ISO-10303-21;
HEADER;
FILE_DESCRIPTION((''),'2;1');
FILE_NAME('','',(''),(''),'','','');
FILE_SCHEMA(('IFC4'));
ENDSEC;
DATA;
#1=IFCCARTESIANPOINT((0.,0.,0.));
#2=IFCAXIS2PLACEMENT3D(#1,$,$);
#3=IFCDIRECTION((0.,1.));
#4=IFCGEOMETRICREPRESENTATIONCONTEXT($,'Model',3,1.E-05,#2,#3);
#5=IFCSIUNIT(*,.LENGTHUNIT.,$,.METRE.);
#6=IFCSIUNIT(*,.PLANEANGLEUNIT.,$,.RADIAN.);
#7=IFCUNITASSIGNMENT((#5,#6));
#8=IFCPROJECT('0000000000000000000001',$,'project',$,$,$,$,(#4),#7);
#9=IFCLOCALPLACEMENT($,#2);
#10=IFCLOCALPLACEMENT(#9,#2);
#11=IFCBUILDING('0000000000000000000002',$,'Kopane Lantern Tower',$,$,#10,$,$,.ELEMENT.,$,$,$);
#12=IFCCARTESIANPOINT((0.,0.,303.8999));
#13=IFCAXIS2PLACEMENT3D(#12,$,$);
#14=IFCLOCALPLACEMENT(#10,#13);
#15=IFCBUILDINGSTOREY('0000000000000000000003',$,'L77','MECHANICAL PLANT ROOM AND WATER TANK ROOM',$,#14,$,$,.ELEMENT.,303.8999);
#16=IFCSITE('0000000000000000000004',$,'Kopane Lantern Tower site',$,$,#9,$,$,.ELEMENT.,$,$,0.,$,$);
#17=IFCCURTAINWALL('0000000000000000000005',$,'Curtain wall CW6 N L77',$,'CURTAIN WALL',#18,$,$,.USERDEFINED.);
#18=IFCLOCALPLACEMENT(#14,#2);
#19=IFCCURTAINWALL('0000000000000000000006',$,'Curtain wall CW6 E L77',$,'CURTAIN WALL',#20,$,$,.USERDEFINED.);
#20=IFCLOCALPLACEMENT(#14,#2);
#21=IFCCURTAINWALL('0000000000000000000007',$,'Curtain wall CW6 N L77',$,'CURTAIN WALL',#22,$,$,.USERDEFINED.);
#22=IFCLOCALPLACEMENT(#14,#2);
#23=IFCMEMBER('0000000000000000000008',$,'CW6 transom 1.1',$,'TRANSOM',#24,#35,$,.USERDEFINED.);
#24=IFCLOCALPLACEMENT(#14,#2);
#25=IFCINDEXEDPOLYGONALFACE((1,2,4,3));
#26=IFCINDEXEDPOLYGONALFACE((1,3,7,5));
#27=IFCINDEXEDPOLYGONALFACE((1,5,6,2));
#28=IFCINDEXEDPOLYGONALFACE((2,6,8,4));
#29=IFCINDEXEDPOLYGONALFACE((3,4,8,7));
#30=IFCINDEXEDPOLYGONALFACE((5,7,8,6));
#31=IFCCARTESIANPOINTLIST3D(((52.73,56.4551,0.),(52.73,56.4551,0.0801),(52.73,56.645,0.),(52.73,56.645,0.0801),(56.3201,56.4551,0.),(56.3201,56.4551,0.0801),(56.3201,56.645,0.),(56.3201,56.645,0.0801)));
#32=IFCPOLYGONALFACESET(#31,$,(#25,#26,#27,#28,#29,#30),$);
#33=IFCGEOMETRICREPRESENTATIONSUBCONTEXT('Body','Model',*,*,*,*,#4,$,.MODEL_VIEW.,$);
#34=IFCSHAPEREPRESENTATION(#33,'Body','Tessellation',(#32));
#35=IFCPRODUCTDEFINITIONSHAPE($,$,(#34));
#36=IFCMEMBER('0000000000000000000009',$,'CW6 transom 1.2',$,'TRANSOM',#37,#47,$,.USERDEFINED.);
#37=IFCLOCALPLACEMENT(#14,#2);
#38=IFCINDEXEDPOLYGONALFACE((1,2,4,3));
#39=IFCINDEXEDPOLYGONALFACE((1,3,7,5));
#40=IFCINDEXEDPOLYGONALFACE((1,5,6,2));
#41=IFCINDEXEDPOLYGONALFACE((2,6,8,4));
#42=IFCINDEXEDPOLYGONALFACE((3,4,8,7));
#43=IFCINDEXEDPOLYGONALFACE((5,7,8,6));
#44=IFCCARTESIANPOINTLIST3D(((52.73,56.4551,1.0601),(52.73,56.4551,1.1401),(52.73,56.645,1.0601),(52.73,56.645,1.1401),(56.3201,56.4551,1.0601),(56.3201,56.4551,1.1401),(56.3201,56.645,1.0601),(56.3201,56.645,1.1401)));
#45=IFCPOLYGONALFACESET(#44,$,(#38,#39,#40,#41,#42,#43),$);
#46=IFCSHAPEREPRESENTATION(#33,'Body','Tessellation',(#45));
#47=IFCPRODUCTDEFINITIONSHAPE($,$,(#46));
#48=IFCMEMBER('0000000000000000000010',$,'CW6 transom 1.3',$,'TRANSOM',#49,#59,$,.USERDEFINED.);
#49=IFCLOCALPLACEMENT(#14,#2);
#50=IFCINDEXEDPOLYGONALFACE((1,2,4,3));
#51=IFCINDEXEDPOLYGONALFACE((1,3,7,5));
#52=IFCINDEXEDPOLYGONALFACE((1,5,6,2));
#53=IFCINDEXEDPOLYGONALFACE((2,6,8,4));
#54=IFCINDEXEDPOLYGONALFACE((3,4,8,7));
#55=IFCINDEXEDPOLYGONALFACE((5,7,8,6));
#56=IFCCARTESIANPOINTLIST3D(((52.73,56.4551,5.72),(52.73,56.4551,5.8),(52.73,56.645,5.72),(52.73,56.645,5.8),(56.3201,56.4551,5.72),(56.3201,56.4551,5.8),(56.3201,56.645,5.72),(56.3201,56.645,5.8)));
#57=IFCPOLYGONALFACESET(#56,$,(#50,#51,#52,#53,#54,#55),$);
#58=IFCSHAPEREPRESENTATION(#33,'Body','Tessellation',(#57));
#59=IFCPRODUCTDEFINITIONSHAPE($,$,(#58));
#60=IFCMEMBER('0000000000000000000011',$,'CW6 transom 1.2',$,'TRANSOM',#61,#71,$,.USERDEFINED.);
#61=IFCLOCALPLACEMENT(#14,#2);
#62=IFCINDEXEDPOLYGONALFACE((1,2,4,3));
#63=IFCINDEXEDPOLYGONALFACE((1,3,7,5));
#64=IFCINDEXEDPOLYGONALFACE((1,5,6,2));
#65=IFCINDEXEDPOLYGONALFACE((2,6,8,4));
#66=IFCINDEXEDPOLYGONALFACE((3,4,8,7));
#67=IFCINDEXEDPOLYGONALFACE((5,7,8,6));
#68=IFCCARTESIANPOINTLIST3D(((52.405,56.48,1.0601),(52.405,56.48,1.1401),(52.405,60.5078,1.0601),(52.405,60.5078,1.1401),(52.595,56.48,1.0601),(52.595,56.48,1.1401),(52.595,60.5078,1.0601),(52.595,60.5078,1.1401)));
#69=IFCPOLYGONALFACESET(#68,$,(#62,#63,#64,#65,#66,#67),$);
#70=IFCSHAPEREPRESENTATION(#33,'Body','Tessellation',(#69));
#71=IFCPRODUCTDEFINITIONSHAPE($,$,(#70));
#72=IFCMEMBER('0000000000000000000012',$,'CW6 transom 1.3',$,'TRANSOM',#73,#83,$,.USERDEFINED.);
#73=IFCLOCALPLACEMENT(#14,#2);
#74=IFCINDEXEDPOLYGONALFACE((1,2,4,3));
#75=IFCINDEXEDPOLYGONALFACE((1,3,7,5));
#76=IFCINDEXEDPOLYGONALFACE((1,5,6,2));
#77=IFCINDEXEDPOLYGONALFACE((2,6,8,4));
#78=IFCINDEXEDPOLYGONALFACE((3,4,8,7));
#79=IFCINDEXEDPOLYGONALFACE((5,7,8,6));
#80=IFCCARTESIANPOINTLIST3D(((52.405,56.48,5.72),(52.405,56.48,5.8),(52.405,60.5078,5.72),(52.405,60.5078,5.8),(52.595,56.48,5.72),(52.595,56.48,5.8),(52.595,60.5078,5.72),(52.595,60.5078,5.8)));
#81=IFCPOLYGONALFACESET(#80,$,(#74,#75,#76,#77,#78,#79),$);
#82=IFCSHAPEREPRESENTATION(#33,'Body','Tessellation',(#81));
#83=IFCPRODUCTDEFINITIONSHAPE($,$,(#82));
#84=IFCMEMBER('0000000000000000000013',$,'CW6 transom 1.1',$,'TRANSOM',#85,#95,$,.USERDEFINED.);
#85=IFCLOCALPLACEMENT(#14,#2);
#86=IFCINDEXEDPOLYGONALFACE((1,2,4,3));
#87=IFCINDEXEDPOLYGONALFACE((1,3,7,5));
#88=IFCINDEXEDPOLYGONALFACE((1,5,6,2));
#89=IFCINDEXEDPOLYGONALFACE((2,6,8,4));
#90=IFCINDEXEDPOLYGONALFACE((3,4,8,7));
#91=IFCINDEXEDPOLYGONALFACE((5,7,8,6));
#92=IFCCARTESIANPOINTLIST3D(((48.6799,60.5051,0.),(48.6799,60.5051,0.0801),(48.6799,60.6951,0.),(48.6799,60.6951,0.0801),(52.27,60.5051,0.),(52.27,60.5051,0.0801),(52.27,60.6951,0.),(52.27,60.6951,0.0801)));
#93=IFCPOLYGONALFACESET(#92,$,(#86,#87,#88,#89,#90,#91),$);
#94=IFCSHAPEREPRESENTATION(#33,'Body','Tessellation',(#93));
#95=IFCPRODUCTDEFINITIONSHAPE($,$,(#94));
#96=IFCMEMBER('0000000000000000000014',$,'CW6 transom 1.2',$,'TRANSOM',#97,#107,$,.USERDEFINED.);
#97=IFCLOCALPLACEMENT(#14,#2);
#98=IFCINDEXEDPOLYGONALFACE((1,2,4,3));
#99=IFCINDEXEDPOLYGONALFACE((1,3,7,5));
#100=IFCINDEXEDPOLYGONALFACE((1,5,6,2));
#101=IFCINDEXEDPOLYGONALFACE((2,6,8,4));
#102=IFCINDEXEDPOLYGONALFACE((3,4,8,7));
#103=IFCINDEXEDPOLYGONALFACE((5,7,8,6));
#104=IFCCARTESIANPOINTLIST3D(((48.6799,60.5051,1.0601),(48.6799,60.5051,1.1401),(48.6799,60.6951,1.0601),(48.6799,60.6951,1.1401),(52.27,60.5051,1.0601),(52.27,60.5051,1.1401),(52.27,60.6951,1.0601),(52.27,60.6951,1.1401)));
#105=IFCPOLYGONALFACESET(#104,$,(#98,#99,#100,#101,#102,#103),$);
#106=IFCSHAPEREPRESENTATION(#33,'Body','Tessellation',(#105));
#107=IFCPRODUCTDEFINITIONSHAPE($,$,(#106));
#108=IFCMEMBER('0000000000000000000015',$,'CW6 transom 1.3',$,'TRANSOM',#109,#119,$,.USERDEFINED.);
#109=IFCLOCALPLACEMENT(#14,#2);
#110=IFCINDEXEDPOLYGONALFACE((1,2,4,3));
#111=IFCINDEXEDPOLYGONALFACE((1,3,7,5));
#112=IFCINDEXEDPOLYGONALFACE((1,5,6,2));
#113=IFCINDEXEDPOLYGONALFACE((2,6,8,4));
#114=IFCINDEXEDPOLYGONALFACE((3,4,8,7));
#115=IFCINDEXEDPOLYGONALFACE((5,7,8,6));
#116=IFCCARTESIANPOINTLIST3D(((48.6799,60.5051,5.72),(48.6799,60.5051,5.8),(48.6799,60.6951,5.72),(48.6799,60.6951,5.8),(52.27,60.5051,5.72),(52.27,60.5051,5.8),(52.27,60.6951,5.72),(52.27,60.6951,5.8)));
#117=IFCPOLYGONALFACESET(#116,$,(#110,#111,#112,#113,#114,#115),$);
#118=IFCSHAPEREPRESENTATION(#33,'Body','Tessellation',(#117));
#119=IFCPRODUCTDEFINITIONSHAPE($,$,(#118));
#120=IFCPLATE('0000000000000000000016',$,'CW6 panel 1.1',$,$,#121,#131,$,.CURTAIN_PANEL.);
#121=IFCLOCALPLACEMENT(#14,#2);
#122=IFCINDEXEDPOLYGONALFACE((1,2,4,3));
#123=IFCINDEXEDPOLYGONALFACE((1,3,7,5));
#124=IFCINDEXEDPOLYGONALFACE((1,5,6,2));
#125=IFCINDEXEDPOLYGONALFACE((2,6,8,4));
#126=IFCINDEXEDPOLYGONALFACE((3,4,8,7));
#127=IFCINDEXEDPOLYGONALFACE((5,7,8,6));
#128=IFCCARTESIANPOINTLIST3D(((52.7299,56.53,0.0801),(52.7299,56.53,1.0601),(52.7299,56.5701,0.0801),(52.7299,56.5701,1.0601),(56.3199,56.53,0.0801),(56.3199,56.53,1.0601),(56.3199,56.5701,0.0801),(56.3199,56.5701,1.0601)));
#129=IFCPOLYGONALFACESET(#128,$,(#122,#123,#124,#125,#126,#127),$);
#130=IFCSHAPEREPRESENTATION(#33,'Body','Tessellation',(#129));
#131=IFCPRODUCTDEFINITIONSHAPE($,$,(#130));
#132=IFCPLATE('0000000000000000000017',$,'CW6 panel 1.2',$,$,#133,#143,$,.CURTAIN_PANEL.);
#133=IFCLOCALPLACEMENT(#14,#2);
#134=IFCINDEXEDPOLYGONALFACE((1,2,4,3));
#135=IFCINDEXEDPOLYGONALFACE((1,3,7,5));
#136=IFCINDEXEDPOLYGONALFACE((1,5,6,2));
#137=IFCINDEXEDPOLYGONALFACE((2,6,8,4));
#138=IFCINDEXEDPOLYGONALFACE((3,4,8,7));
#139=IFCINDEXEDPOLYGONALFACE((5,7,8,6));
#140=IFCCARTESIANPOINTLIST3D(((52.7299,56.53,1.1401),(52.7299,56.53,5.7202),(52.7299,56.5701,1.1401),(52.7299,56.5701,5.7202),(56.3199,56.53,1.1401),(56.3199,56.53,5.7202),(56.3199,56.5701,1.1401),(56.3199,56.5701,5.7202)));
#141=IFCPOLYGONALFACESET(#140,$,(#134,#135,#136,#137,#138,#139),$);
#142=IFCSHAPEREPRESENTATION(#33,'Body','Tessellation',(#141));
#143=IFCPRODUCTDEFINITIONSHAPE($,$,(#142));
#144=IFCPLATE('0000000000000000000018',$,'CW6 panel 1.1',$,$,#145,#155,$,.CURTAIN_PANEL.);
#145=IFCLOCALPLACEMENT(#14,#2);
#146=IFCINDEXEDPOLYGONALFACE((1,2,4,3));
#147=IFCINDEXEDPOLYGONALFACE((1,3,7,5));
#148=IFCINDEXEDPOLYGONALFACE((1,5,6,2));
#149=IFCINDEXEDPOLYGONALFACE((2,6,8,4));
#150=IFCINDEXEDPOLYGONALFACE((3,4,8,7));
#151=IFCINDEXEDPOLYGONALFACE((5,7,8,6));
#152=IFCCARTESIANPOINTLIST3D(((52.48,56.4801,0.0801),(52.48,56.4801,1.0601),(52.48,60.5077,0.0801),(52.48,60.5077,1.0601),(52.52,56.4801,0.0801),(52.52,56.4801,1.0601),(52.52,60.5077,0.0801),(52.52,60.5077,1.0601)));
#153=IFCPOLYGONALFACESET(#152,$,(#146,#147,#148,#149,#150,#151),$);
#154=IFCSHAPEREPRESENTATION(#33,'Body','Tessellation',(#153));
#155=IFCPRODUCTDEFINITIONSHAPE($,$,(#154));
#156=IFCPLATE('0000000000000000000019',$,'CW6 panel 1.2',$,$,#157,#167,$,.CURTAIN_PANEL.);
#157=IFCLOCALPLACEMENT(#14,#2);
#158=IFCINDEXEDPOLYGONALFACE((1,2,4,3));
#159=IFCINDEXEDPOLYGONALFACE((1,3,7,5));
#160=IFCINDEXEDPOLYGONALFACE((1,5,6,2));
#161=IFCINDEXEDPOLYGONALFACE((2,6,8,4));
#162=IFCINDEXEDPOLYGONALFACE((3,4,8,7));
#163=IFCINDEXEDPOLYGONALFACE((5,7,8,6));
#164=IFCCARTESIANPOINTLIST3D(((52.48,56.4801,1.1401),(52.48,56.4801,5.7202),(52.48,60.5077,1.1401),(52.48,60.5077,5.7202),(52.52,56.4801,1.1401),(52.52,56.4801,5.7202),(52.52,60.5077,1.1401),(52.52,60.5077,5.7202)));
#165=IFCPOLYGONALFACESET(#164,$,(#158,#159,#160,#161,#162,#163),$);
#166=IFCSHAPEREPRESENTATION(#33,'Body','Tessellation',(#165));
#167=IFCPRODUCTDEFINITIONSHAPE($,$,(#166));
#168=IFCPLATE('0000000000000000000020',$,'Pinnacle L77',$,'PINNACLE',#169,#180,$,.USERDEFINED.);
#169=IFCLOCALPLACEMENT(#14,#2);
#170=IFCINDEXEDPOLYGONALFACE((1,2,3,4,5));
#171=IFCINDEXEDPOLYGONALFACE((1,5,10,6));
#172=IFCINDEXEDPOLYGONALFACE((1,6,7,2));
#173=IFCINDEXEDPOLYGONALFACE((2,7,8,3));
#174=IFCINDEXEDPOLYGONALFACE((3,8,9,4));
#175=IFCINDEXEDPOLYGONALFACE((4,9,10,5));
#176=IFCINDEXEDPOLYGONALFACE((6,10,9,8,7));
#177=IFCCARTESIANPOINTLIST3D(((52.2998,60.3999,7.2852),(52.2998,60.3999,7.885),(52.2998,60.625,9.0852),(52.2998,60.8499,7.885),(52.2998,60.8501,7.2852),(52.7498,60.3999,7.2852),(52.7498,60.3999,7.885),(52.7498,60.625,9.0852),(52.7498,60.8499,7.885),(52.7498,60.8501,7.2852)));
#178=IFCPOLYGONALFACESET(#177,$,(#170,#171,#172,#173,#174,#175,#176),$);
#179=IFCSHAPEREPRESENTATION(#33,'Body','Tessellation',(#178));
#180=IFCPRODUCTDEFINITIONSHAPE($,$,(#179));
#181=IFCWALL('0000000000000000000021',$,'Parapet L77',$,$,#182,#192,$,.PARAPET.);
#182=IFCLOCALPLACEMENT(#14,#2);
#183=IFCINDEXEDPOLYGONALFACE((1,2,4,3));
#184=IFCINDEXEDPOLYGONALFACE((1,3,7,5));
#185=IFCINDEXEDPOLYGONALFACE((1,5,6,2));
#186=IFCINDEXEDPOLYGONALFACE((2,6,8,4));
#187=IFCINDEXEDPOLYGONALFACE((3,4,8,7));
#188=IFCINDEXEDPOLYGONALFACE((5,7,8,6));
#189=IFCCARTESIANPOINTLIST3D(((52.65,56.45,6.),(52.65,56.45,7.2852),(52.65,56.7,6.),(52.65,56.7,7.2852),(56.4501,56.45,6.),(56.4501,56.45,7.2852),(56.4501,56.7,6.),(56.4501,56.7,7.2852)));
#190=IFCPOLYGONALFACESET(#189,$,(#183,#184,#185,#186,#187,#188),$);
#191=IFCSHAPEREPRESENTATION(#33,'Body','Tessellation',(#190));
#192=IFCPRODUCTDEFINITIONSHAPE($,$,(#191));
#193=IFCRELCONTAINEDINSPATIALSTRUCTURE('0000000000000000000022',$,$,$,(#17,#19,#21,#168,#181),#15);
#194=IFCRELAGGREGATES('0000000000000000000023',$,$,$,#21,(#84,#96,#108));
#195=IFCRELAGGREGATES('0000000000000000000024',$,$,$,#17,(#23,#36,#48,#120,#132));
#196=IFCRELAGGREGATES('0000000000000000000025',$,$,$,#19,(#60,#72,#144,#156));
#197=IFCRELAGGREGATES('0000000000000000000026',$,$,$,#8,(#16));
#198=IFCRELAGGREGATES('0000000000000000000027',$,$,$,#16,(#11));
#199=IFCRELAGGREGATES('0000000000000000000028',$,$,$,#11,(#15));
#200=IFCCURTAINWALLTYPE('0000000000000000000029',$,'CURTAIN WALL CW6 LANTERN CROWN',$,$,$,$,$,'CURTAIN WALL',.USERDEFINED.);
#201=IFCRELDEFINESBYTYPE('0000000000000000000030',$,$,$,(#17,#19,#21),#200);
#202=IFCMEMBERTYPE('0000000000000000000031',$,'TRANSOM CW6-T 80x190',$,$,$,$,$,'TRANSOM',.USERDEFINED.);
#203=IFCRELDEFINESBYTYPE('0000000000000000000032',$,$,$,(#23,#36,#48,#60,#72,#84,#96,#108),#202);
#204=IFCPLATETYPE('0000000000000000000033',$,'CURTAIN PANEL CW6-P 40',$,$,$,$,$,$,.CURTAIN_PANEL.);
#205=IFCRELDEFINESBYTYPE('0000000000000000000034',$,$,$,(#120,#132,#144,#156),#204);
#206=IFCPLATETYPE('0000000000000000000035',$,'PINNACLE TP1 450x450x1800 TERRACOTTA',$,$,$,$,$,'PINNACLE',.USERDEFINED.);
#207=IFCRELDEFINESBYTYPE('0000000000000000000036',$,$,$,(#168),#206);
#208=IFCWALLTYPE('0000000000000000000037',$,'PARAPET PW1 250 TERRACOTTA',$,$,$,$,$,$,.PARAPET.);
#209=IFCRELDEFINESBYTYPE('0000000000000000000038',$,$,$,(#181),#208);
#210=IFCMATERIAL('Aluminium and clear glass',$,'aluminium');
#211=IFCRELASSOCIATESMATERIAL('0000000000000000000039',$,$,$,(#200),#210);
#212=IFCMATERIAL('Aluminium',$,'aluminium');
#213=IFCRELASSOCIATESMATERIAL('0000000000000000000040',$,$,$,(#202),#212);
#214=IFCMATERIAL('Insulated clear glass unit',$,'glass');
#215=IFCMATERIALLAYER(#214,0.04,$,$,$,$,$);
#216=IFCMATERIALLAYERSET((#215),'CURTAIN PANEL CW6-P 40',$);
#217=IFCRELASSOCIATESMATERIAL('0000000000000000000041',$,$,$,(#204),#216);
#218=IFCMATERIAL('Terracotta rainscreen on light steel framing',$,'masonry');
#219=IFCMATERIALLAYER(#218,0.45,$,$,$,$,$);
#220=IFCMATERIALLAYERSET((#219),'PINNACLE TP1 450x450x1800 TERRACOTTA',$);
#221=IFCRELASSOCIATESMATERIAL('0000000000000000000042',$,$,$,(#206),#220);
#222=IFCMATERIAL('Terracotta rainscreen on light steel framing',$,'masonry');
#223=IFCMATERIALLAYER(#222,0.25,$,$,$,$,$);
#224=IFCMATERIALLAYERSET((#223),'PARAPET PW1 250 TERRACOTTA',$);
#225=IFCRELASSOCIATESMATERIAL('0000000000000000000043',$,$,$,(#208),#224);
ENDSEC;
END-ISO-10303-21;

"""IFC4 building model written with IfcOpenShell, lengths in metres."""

from ifc_helpers import new_model, si_unit, direction, frame, frame_2d, origin, origin_2d, place, context, subcontext, project, spatial, polyline, rectangle, outline, extrude, material, layer, layer_set, material_profile, profile_set, type_object, element, aggregate, save


model = new_model("IFC4")

# Units and contexts
model_context = context("Model", 3, precision=1e-05, world=origin(), true_north=direction((0.0, 1.0)))
body_context = subcontext(model_context, "Body", "Model", "MODEL_VIEW")
ifc_project = project(units=[si_unit("LENGTHUNIT", "METRE"), si_unit("PLANEANGLEUNIT", "RADIAN")], contexts=[model_context])

# Site, building, storey
site_placement = place(None, origin())
site = spatial("IfcSite", under=ifc_project, at=site_placement, Name="Kopane Lantern Tower site", CompositionType="ELEMENT", RefElevation=0.0)
building_placement = place(site_placement, origin())
building = spatial("IfcBuilding", under=site, at=building_placement, Name="Kopane Lantern Tower", CompositionType="ELEMENT")
storey_placement = place(building_placement, frame((0.0, 0.0, 303.8999)))
storey = spatial("IfcBuildingStorey", under=building, at=storey_placement, Name="L77", Description="MECHANICAL PLANT ROOM AND WATER TANK ROOM", CompositionType="ELEMENT", Elevation=303.8999)

# Curtain wall
ifc_material_1 = material(Name="Aluminium and clear glass", Category="aluminium")
curtain_wall_type = type_object("IfcCurtainWallType", Name="CURTAIN WALL CW6 LANTERN CROWN", ElementType="CURTAIN WALL", PredefinedType="USERDEFINED", material=ifc_material_1)
curtain_wall_1_placement = place(storey_placement, origin())
curtain_wall_1 = element("IfcCurtainWall", 1, at=curtain_wall_1_placement, inside=storey, type_object=curtain_wall_type, Name="Curtain wall CW6 N L77", ObjectType="CURTAIN WALL", PredefinedType="USERDEFINED")

# Curtain walls
curtain_wall_2_placement = place(storey_placement, origin())
curtain_wall_2 = element("IfcCurtainWall", 2, at=curtain_wall_2_placement, inside=storey, type_object=curtain_wall_type, Name="Curtain wall CW6 E L77", ObjectType="CURTAIN WALL", PredefinedType="USERDEFINED")
curtain_wall_3_placement = place(storey_placement, origin())
curtain_wall_3 = element("IfcCurtainWall", 3, at=curtain_wall_3_placement, inside=storey, type_object=curtain_wall_type, Name="Curtain wall CW6 N L77", ObjectType="CURTAIN WALL", PredefinedType="USERDEFINED")

# Members
ifc_material_2 = material(Name="Aluminium", Category="aluminium")
ifc_material_profile_1 = material_profile(ifc_material_2, rectangle(XDim=0.1899, YDim=0.0801, at=origin_2d()), Name="AL 190x80")
ifc_profile_set_1 = profile_set([ifc_material_profile_1], Name="Aluminium")
member_type_1 = type_object("IfcMemberType", Name="TRANSOM CW6-T 80x190", ElementType="TRANSOM", PredefinedType="USERDEFINED", material=ifc_profile_set_1)
member_1_placement = place(storey_placement, frame((56.3201, 56.55, 0.04), z_axis=(-1.0, 0.0, 0.0), x_axis=(0.0, -1.0, 0.0)))
member_1 = element("IfcMember", 4, at=member_1_placement, type_object=member_type_1, Name="CW6 transom 1.1", ObjectType="TRANSOM", PredefinedType="USERDEFINED", context=body_context, shape_type="SweptSolid", body=[
    extrude(rectangle(XDim=0.1899, YDim=0.0801, at=origin_2d()), origin(), (0.0, 0.0, 1.0), 3.5901),
])
member_2_placement = place(storey_placement, frame((56.3201, 56.55, 1.1001), z_axis=(-1.0, 0.0, 0.0), x_axis=(0.0, -1.0, 0.0)))
member_2 = element("IfcMember", 5, at=member_2_placement, type_object=member_type_1, Name="CW6 transom 1.2", ObjectType="TRANSOM", PredefinedType="USERDEFINED", context=body_context, shape_type="SweptSolid", body=[
    extrude(rectangle(XDim=0.1899, YDim=0.0801, at=origin_2d()), origin(), (0.0, 0.0, 1.0), 3.5901),
])
member_3_placement = place(storey_placement, frame((56.3201, 56.55, 5.76), z_axis=(-1.0, 0.0, 0.0), x_axis=(0.0, -1.0, 0.0)))
member_3 = element("IfcMember", 6, at=member_3_placement, type_object=member_type_1, Name="CW6 transom 1.3", ObjectType="TRANSOM", PredefinedType="USERDEFINED", context=body_context, shape_type="SweptSolid", body=[
    extrude(rectangle(XDim=0.1899, YDim=0.0801, at=origin_2d()), origin(), (0.0, 0.0, 1.0), 3.5901),
])
member_4_placement = place(storey_placement, frame((52.5, 56.48, 1.1001), z_axis=(0.0, 1.0, 0.0), x_axis=(-1.0, 0.0, 0.0)))
member_4 = element("IfcMember", 7, at=member_4_placement, type_object=member_type_1, Name="CW6 transom 1.2", ObjectType="TRANSOM", PredefinedType="USERDEFINED", context=body_context, shape_type="SweptSolid", body=[
    extrude(rectangle(XDim=0.1899, YDim=0.0801, at=origin_2d()), origin(), (0.0, 0.0, 1.0), 4.0278),
])
member_5_placement = place(storey_placement, frame((52.5, 56.48, 5.76), z_axis=(0.0, 1.0, 0.0), x_axis=(-1.0, 0.0, 0.0)))
member_5 = element("IfcMember", 8, at=member_5_placement, type_object=member_type_1, Name="CW6 transom 1.3", ObjectType="TRANSOM", PredefinedType="USERDEFINED", context=body_context, shape_type="SweptSolid", body=[
    extrude(rectangle(XDim=0.1899, YDim=0.0801, at=origin_2d()), origin(), (0.0, 0.0, 1.0), 4.0278),
])
member_6_placement = place(storey_placement, frame((52.27, 60.6001, 0.04), z_axis=(-1.0, 0.0, 0.0), x_axis=(0.0, -1.0, 0.0)))
member_6 = element("IfcMember", 9, at=member_6_placement, type_object=member_type_1, Name="CW6 transom 1.1", ObjectType="TRANSOM", PredefinedType="USERDEFINED", context=body_context, shape_type="SweptSolid", body=[
    extrude(rectangle(XDim=0.1899, YDim=0.0801, at=origin_2d()), origin(), (0.0, 0.0, 1.0), 3.5901),
])
member_7_placement = place(storey_placement, frame((52.27, 60.6001, 1.1001), z_axis=(-1.0, 0.0, 0.0), x_axis=(0.0, -1.0, 0.0)))
member_7 = element("IfcMember", 10, at=member_7_placement, type_object=member_type_1, Name="CW6 transom 1.2", ObjectType="TRANSOM", PredefinedType="USERDEFINED", context=body_context, shape_type="SweptSolid", body=[
    extrude(rectangle(XDim=0.1899, YDim=0.0801, at=origin_2d()), origin(), (0.0, 0.0, 1.0), 3.5901),
])
member_8_placement = place(storey_placement, frame((52.27, 60.6001, 5.76), z_axis=(-1.0, 0.0, 0.0), x_axis=(0.0, -1.0, 0.0)))
member_8 = element("IfcMember", 11, at=member_8_placement, type_object=member_type_1, Name="CW6 transom 1.3", ObjectType="TRANSOM", PredefinedType="USERDEFINED", context=body_context, shape_type="SweptSolid", body=[
    extrude(rectangle(XDim=0.1899, YDim=0.0801, at=origin_2d()), origin(), (0.0, 0.0, 1.0), 3.5901),
])
aggregate(curtain_wall_3, [member_6, member_7, member_8])

# Plates
ifc_material_3 = material(Name="Insulated clear glass unit", Category="glass")
ifc_layer_1 = layer(ifc_material_3, 0.04)
ifc_layer_set_1 = layer_set([ifc_layer_1], Name="CURTAIN PANEL CW6-P 40")
plate_type_1 = type_object("IfcPlateType", Name="CURTAIN PANEL CW6-P 40", PredefinedType="CURTAIN_PANEL", material=ifc_layer_set_1)
plate_1_placement = place(storey_placement, frame((54.5249, 56.55, 0.0801), z_axis=(0.0, 0.0, 1.0), x_axis=(-1.0, 0.0, 0.0)))
plate_1 = element("IfcPlate", 12, at=plate_1_placement, type_object=plate_type_1, Name="CW6 panel 1.1", PredefinedType="CURTAIN_PANEL", context=body_context, shape_type="SweptSolid", body=[
    extrude(rectangle(XDim=3.5901, YDim=0.04, at=origin_2d()), origin(), (0.0, 0.0, 1.0), 0.98),
])
plate_2_placement = place(storey_placement, frame((54.5249, 56.55, 1.1401), z_axis=(0.0, 0.0, 1.0), x_axis=(-1.0, 0.0, 0.0)))
plate_2 = element("IfcPlate", 13, at=plate_2_placement, type_object=plate_type_1, Name="CW6 panel 1.2", PredefinedType="CURTAIN_PANEL", context=body_context, shape_type="SweptSolid", body=[
    extrude(rectangle(XDim=3.5901, YDim=0.04, at=origin_2d()), origin(), (0.0, 0.0, 1.0), 4.5801),
])
aggregate(curtain_wall_1, [member_1, member_2, member_3, plate_1, plate_2])
plate_3_placement = place(storey_placement, frame((52.5, 58.4939, 0.0801), z_axis=(0.0, 0.0, 1.0), x_axis=(0.0, 1.0, 0.0)))
plate_3 = element("IfcPlate", 14, at=plate_3_placement, type_object=plate_type_1, Name="CW6 panel 1.1", PredefinedType="CURTAIN_PANEL", context=body_context, shape_type="SweptSolid", body=[
    extrude(rectangle(XDim=4.0276, YDim=0.04, at=origin_2d()), origin(), (0.0, 0.0, 1.0), 0.98),
])
plate_4_placement = place(storey_placement, frame((52.5, 58.4939, 1.1401), z_axis=(0.0, 0.0, 1.0), x_axis=(0.0, 1.0, 0.0)))
plate_4 = element("IfcPlate", 15, at=plate_4_placement, type_object=plate_type_1, Name="CW6 panel 1.2", PredefinedType="CURTAIN_PANEL", context=body_context, shape_type="SweptSolid", body=[
    extrude(rectangle(XDim=4.0276, YDim=0.04, at=origin_2d()), origin(), (0.0, 0.0, 1.0), 4.5801),
])
aggregate(curtain_wall_2, [member_4, member_5, plate_3, plate_4])
ifc_material_4 = material(Name="Terracotta rainscreen on light steel framing", Category="masonry")
ifc_layer_2 = layer(ifc_material_4, 0.45)
ifc_layer_set_2 = layer_set([ifc_layer_2], Name="PINNACLE TP1 450x450x1800 TERRACOTTA")
plate_type_2 = type_object("IfcPlateType", Name="PINNACLE TP1 450x450x1800 TERRACOTTA", ElementType="PINNACLE", PredefinedType="USERDEFINED", material=ifc_layer_set_2)
plate_5_placement = place(storey_placement, frame((52.5249, 60.3999, 7.2852), z_axis=(0.0, 0.0, 1.0), x_axis=(0.0, 1.0, 0.0)))
element("IfcPlate", 16, at=plate_5_placement, inside=storey, type_object=plate_type_2, Name="Pinnacle L77", ObjectType="PINNACLE", PredefinedType="USERDEFINED", context=body_context, shape_type="SweptSolid", body=[
    extrude(outline(polyline([(0.0, 0.0), (0.4502, 0.0), (0.45, 0.5999), (0.2251, 1.8), (0.0, 0.5999), (0.0, 0.0)])), frame((0.0, 0.2251, 0.0), z_axis=(0.0, -1.0, 0.0), x_axis=(1.0, 0.0, 0.0)), (0.0, 0.0, 1.0), 0.45),
])

# Wall
ifc_material_5 = material(Name="Terracotta rainscreen on light steel framing", Category="masonry")
ifc_layer_3 = layer(ifc_material_5, 0.25)
ifc_layer_set_3 = layer_set([ifc_layer_3], Name="PARAPET PW1 250 TERRACOTTA")
wall_type = type_object("IfcWallType", Name="PARAPET PW1 250 TERRACOTTA", PredefinedType="PARAPET", material=ifc_layer_set_3)
wall_1_placement = place(storey_placement, frame((56.45, 56.575, 6.0), z_axis=(0.0, 0.0, 1.0), x_axis=(-1.0, 0.0, 0.0)))
element("IfcWall", 17, at=wall_1_placement, inside=storey, type_object=wall_type, Name="Parapet L77", PredefinedType="PARAPET", context=body_context, shape_type="SweptSolid", body=[
    extrude(rectangle(XDim=3.8, YDim=0.25, at=frame_2d((1.8999, 0.0))), origin(), (0.0, 0.0, 1.0), 1.2852),
])

save(model, "model.ifc")
